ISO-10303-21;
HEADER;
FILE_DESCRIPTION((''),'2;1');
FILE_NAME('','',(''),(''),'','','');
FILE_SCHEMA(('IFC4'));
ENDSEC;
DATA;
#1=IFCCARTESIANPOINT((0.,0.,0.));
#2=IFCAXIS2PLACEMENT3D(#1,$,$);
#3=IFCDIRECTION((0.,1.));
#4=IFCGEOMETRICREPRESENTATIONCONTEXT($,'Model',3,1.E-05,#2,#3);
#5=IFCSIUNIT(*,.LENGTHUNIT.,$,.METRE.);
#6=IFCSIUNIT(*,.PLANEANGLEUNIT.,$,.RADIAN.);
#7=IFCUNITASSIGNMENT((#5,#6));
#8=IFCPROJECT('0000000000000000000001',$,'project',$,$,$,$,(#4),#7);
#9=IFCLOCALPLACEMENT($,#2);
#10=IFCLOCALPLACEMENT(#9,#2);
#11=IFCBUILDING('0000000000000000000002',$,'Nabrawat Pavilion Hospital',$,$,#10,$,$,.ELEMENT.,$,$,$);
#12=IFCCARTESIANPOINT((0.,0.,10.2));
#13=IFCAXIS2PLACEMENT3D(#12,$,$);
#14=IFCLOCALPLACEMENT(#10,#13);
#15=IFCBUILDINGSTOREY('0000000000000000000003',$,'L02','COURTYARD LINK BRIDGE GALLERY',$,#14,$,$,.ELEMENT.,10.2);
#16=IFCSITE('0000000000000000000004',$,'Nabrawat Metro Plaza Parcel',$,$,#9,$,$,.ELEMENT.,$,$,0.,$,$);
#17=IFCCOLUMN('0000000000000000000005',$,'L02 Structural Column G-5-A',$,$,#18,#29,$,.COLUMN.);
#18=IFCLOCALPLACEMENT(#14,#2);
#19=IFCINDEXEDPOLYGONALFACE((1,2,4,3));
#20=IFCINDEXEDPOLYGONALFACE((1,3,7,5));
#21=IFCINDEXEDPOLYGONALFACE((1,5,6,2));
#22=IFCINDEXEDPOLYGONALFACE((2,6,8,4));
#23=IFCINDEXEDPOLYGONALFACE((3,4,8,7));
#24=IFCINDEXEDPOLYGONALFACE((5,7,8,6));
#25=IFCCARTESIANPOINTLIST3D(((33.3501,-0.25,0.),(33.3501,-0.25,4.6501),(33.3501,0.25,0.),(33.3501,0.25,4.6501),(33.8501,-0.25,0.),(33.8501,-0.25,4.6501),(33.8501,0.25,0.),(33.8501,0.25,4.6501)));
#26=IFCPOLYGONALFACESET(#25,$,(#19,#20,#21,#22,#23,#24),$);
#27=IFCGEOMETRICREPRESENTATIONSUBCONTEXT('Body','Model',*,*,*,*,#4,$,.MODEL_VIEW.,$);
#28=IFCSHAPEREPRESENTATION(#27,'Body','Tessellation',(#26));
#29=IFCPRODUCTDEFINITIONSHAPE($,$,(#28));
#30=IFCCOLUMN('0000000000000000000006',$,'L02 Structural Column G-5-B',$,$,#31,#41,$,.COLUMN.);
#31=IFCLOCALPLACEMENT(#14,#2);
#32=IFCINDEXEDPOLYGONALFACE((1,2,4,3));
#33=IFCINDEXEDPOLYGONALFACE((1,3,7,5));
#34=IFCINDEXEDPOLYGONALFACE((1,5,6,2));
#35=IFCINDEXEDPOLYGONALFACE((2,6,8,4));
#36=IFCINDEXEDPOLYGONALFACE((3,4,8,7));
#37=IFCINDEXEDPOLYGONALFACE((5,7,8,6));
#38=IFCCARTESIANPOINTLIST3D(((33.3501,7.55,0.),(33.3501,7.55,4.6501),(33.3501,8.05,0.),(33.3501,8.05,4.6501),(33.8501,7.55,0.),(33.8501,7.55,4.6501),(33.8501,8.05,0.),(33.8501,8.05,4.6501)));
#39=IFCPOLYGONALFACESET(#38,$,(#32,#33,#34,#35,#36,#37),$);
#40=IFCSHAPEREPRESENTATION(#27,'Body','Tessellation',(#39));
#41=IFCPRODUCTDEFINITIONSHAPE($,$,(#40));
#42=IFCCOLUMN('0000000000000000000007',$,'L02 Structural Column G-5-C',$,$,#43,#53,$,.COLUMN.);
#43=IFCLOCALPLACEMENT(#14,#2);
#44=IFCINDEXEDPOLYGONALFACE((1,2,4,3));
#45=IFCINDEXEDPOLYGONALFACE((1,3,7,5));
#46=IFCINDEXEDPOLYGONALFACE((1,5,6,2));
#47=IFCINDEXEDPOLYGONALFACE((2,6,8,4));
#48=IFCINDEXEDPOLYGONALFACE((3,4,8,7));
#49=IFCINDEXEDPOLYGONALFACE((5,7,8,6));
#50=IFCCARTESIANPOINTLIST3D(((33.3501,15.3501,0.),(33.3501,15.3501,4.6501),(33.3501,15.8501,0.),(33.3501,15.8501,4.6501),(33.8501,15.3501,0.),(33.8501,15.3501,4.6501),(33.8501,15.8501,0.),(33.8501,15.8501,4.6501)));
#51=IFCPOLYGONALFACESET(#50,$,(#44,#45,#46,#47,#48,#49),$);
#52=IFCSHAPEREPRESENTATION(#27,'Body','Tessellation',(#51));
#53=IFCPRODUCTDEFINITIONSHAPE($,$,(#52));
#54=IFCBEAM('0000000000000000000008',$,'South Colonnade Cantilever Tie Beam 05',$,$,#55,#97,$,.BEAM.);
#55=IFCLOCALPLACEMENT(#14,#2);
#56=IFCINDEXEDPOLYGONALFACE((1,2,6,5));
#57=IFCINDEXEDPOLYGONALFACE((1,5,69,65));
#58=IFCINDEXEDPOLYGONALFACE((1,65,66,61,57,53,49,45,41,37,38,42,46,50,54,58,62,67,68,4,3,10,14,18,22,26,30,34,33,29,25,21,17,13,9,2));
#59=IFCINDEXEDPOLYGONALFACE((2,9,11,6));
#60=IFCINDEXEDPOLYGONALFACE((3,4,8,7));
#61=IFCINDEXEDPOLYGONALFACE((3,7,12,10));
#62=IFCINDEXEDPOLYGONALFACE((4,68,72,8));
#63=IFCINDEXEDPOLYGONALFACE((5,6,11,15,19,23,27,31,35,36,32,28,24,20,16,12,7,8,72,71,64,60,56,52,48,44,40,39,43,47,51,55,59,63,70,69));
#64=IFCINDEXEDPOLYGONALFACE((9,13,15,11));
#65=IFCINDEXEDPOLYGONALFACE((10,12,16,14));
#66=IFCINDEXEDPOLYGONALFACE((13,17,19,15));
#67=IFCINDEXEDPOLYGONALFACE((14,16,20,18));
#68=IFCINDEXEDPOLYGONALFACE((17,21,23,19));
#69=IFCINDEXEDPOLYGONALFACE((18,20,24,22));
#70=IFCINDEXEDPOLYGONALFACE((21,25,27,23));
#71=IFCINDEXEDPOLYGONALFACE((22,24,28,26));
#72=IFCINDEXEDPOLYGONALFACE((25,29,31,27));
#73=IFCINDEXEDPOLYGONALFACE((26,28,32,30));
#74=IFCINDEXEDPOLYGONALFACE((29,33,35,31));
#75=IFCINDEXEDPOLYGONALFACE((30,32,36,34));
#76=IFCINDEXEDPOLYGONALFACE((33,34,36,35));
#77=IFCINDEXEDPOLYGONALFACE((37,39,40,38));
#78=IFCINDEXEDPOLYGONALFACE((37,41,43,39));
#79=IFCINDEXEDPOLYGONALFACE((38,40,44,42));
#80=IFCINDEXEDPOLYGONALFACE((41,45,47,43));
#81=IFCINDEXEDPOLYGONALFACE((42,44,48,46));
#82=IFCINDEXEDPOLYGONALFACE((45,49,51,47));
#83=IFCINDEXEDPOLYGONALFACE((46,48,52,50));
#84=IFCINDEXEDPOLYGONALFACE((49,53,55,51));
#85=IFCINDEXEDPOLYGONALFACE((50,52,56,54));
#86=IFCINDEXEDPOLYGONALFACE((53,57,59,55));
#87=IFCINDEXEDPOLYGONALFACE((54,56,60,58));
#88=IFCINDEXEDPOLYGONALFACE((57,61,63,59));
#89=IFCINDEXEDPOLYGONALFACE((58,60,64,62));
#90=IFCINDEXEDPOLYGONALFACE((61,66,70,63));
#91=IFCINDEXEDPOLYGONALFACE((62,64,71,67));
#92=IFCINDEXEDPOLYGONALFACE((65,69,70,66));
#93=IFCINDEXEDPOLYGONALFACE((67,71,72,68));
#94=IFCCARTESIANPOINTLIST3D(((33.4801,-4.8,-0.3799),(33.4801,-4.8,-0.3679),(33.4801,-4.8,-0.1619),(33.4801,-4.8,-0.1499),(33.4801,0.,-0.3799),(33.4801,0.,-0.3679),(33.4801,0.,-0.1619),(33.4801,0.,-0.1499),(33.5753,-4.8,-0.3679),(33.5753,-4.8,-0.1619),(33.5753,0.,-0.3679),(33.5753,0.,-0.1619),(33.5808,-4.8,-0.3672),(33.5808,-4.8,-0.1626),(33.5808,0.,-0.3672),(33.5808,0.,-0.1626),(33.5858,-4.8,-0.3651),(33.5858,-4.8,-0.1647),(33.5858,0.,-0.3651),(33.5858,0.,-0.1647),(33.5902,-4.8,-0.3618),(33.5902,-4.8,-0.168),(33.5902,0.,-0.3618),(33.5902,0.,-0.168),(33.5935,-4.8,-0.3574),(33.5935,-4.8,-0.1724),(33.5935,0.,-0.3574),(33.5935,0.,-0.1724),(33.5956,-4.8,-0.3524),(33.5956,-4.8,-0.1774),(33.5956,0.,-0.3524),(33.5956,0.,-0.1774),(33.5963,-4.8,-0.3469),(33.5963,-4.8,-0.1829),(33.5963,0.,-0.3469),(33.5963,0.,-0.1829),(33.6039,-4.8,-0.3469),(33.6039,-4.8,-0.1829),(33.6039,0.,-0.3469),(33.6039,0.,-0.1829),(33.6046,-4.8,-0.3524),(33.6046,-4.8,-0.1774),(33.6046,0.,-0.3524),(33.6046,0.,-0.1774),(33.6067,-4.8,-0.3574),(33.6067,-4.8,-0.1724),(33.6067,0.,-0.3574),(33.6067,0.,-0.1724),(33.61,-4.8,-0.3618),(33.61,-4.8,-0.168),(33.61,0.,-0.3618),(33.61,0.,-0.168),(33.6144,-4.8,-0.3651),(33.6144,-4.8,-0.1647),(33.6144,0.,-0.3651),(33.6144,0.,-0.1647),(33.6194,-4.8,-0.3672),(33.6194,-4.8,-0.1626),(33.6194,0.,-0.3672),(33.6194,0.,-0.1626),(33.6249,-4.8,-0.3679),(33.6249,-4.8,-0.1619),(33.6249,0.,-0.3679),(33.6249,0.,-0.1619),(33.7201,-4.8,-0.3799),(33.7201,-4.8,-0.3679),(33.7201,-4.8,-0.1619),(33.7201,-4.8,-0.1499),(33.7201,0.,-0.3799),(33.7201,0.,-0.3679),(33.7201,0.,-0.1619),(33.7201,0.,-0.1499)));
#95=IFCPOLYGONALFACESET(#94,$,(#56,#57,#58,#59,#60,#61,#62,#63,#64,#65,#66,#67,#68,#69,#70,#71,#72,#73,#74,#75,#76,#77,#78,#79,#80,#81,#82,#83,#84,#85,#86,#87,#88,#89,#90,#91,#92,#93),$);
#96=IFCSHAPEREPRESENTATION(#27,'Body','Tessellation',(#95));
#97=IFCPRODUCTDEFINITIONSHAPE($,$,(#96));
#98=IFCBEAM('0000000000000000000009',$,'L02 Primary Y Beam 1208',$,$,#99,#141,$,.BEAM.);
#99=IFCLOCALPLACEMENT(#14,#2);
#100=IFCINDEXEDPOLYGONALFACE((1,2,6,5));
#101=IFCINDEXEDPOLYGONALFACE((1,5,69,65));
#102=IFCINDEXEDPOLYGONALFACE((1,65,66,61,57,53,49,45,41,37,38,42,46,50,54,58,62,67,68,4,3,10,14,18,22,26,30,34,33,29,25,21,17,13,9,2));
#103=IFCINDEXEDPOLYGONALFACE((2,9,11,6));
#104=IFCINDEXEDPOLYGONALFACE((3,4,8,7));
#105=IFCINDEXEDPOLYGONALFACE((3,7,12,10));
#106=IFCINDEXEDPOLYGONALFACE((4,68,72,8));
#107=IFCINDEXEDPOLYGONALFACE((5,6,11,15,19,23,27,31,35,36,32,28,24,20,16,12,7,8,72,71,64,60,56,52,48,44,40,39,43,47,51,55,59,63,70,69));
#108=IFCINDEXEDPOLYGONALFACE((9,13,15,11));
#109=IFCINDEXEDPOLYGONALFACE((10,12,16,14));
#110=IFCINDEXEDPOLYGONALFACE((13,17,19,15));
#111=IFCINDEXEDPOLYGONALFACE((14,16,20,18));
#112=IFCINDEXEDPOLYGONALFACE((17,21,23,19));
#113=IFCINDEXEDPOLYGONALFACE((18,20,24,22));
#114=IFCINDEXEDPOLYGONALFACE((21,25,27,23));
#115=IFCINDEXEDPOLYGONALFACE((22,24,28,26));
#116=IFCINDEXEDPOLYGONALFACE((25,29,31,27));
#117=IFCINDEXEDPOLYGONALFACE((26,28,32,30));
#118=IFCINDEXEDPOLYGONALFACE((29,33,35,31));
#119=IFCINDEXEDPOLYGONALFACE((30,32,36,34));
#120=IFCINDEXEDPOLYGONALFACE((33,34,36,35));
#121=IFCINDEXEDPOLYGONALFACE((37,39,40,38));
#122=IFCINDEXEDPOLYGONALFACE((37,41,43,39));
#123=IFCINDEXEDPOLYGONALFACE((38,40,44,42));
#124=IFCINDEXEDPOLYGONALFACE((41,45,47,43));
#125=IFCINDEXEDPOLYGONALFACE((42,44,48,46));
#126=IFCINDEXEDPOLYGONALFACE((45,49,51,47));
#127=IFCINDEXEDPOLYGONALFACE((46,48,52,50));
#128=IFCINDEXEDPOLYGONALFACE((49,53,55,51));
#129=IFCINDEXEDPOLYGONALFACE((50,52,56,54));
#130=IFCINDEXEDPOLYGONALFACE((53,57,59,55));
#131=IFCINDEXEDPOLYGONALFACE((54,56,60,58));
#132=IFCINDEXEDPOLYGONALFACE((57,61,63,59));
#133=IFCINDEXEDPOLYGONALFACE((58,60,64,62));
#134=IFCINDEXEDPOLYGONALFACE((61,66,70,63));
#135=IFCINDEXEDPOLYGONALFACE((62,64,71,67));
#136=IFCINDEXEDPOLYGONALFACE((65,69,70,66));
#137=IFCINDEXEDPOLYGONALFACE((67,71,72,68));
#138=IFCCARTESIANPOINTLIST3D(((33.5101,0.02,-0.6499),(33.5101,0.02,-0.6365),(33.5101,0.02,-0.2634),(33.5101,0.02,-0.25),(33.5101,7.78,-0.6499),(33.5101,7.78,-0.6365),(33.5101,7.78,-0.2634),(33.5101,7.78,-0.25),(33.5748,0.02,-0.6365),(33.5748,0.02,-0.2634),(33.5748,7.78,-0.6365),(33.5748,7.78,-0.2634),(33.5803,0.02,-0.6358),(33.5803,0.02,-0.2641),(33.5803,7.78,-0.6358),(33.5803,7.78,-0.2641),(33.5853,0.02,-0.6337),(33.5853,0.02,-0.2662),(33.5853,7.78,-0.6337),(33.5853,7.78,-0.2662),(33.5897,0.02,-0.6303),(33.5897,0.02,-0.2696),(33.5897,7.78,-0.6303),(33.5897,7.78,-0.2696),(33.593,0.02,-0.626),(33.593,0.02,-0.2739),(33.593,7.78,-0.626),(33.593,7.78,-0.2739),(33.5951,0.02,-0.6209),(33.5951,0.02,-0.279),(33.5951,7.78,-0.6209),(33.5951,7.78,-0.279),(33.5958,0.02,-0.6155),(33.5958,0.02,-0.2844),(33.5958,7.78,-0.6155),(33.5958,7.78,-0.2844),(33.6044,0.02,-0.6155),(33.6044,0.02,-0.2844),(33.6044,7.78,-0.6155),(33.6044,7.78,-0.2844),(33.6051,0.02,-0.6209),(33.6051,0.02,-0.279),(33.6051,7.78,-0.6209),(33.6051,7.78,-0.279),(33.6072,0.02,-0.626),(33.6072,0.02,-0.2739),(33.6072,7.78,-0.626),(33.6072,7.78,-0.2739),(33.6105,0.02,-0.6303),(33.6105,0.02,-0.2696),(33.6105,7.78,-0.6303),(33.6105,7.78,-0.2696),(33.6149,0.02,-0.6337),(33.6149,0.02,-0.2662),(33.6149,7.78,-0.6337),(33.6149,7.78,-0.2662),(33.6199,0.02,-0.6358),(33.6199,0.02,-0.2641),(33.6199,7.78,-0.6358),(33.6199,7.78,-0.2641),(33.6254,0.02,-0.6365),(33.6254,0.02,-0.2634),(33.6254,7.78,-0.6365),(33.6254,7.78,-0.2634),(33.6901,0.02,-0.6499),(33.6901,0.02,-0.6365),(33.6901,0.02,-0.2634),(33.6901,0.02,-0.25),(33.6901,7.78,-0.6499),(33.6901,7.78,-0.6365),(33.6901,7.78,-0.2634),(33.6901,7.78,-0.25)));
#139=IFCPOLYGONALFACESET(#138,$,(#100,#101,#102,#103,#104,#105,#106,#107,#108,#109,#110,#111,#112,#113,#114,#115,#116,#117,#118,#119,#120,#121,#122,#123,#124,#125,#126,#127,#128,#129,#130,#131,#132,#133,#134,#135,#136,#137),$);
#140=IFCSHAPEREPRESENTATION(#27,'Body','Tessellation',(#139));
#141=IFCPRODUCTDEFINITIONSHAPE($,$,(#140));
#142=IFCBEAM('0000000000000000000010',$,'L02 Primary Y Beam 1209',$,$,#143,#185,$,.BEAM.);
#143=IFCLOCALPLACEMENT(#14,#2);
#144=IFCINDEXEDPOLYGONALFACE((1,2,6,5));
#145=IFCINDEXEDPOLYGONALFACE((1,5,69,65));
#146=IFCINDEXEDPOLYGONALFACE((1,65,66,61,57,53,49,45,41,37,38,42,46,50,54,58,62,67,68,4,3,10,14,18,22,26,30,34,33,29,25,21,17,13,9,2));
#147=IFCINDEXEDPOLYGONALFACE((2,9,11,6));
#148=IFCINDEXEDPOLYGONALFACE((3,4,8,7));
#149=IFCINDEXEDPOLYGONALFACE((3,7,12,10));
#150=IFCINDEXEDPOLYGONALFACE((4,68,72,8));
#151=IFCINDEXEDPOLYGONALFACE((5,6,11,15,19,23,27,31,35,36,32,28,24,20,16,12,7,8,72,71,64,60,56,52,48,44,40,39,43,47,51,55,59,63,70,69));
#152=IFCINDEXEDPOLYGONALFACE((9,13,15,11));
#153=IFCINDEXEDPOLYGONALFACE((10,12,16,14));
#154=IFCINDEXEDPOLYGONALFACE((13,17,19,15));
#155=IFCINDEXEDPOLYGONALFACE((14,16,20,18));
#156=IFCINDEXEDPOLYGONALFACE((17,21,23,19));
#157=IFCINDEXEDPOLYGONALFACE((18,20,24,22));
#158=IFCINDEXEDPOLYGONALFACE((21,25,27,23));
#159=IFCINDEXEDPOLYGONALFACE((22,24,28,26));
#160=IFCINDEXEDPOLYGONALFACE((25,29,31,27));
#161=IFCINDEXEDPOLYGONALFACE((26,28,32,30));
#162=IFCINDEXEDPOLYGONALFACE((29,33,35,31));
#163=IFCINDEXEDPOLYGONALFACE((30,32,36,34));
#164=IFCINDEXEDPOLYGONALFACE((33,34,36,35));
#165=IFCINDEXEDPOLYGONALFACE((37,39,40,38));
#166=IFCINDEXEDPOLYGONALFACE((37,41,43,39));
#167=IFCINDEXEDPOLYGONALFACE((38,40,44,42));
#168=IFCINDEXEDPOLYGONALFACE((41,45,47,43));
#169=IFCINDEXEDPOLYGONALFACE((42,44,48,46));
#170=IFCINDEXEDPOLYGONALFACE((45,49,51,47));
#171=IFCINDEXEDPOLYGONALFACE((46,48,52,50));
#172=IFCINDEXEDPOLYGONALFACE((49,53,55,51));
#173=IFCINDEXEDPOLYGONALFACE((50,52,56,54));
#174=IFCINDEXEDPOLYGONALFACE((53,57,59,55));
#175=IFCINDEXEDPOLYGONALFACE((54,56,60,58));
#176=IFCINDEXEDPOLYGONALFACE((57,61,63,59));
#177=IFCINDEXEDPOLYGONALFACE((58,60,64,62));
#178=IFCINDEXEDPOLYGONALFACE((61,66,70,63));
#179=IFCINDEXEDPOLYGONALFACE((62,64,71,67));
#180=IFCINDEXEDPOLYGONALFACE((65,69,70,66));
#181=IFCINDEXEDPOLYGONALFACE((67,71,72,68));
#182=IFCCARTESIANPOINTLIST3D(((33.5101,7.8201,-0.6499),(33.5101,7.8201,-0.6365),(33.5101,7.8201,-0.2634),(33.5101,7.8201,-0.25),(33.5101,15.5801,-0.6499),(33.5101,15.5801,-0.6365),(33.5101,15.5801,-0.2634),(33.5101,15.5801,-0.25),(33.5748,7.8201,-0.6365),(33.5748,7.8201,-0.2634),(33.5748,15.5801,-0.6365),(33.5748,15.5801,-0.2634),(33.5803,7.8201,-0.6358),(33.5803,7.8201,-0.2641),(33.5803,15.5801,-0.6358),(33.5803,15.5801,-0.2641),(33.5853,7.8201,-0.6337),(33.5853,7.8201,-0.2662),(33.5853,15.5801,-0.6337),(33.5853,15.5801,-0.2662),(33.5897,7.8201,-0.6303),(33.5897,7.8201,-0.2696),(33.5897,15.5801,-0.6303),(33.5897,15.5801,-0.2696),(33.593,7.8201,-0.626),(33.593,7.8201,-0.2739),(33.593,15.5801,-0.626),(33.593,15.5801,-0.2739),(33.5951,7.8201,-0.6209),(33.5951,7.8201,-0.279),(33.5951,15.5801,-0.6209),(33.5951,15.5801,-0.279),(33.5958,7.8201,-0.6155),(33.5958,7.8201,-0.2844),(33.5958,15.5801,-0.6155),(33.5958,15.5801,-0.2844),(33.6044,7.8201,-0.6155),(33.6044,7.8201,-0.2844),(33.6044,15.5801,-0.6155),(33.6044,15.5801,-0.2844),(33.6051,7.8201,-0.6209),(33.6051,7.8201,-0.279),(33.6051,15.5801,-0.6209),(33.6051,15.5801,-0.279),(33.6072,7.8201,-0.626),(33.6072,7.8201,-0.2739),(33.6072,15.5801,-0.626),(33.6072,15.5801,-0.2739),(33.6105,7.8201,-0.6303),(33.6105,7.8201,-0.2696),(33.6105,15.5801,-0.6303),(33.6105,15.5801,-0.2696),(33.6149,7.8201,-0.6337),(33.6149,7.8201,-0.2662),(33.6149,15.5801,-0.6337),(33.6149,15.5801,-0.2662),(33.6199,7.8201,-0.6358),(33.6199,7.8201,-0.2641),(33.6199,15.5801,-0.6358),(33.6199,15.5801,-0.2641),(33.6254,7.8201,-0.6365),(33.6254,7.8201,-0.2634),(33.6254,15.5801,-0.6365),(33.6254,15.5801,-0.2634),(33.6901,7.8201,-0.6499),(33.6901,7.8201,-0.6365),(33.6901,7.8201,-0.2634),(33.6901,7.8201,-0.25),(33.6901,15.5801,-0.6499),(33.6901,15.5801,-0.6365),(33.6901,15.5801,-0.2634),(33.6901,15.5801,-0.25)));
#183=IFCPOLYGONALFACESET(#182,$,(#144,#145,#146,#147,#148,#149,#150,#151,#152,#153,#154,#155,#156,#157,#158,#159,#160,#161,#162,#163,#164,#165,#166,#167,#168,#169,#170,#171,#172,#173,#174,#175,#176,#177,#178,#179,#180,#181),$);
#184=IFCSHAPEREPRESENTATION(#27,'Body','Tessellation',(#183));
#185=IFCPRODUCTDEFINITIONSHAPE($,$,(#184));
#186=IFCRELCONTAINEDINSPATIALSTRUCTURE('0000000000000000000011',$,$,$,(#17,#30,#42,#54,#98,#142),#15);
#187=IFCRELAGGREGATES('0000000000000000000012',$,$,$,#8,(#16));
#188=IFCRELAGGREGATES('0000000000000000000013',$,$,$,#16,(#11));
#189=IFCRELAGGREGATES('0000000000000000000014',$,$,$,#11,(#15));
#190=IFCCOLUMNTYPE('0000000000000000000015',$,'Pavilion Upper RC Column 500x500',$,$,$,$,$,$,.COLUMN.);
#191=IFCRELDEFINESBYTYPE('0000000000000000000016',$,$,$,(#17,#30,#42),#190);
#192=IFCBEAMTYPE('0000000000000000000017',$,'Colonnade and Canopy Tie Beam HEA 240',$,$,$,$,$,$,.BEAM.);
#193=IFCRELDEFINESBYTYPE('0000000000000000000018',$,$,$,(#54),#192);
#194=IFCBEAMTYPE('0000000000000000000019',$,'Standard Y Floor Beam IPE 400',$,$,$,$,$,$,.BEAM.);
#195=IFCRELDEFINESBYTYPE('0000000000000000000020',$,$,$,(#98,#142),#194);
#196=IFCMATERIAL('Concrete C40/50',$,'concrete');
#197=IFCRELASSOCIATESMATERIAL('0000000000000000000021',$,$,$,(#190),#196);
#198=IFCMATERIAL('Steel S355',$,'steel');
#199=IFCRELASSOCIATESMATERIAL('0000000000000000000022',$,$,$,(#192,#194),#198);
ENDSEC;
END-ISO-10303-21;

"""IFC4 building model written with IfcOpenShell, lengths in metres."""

from ifc_helpers import new_model, si_unit, direction, frame, origin, origin_2d, place, context, subcontext, project, spatial, rectangle, i_section, extrude, material, material_profile, profile_set, type_object, element, save


model = new_model("IFC4")

# Units and contexts
model_context = context("Model", 3, precision=1e-05, world=origin(), true_north=direction((0.0, 1.0)))
body_context = subcontext(model_context, "Body", "Model", "MODEL_VIEW")
ifc_project = project(units=[si_unit("LENGTHUNIT", "METRE"), si_unit("PLANEANGLEUNIT", "RADIAN")], contexts=[model_context])

# Site, building, storey
site_placement = place(None, origin())
site = spatial("IfcSite", under=ifc_project, at=site_placement, Name="Nabrawat Metro Plaza Parcel", CompositionType="ELEMENT", RefElevation=0.0)
building_placement = place(site_placement, origin())
building = spatial("IfcBuilding", under=site, at=building_placement, Name="Nabrawat Pavilion Hospital", CompositionType="ELEMENT")
storey_placement = place(building_placement, frame((0.0, 0.0, 10.2)))
storey = spatial("IfcBuildingStorey", under=building, at=storey_placement, Name="L02", Description="COURTYARD LINK BRIDGE GALLERY", CompositionType="ELEMENT", Elevation=10.2)

# Columns
ifc_material_1 = material(Name="Concrete C40/50", Category="concrete")
ifc_material_profile_1 = material_profile(ifc_material_1, rectangle(XDim=0.5, YDim=0.5, at=origin_2d()), Name="RC 500x500")
ifc_profile_set_1 = profile_set([ifc_material_profile_1], Name="Concrete C40/50")
column_type = type_object("IfcColumnType", Name="Pavilion Upper RC Column 500x500", PredefinedType="COLUMN", material=ifc_profile_set_1)
for number, where, z_axis, x_axis, name in (
    (1, (33.6001, 0.0, 0.0), (0.0, 0.0, 1.0), (1.0, 0.0, 0.0), "L02 Structural Column G-5-A"),
    (2, (33.6001, 7.8, 0.0), (0.0, 0.0, 1.0), (1.0, 0.0, 0.0), "L02 Structural Column G-5-B"),
    (3, (33.6001, 15.6001, 0.0), (0.0, 0.0, 1.0), (1.0, 0.0, 0.0), "L02 Structural Column G-5-C"),
):
    element("IfcColumn", number, at=place(storey_placement, frame(where, z_axis=z_axis, x_axis=x_axis)), inside=storey, type_object=column_type, Name=name, PredefinedType="COLUMN", context=body_context, shape_type="SweptSolid", body=[
        extrude(rectangle(XDim=0.5, YDim=0.5, at=origin_2d()), origin(), (0.0, 0.0, 1.0), 4.6501),
    ])

# Beams
ifc_material_2 = material(Name="Steel S355", Category="steel")
ifc_material_profile_2 = material_profile(ifc_material_2, i_section(OverallWidth=0.24, OverallDepth=0.23, WebThickness=0.0076, FlangeThickness=0.012, FilletRadius=0.021, at=origin_2d()), Name="HEA 240")
ifc_profile_set_2 = profile_set([ifc_material_profile_2], Name="Steel S355")
beam_type_1 = type_object("IfcBeamType", Name="Colonnade and Canopy Tie Beam HEA 240", PredefinedType="BEAM", material=ifc_profile_set_2)
beam_placement = place(storey_placement, frame((33.6001, -4.8, -0.2649), z_axis=(0.0, 1.0, 0.0), x_axis=(-1.0, 0.0, 0.0)))
element("IfcBeam", 4, at=beam_placement, inside=storey, type_object=beam_type_1, Name="South Colonnade Cantilever Tie Beam 05", PredefinedType="BEAM", context=body_context, shape_type="SweptSolid", body=[
    extrude(i_section(OverallWidth=0.24, OverallDepth=0.23, WebThickness=0.0076, FlangeThickness=0.012, FilletRadius=0.021, at=origin_2d()), origin(), (0.0, 0.0, 1.0), 4.8),
])
ifc_material_profile_3 = material_profile(ifc_material_2, i_section(OverallWidth=0.1799, OverallDepth=0.3999, WebThickness=0.0085, FlangeThickness=0.0134, FilletRadius=0.021, at=origin_2d()), Name="IPE 400")
ifc_profile_set_3 = profile_set([ifc_material_profile_3], Name="Steel S355")
beam_type_2 = type_object("IfcBeamType", Name="Standard Y Floor Beam IPE 400", PredefinedType="BEAM", material=ifc_profile_set_3)
for number, where, z_axis, x_axis, name in (
    (5, (33.6001, 0.02, -0.45), (0.0, 1.0, 0.0), (-1.0, 0.0, 0.0), "L02 Primary Y Beam 1208"),
    (6, (33.6001, 7.8201, -0.45), (0.0, 1.0, 0.0), (-1.0, 0.0, 0.0), "L02 Primary Y Beam 1209"),
):
    element("IfcBeam", number, at=place(storey_placement, frame(where, z_axis=z_axis, x_axis=x_axis)), inside=storey, type_object=beam_type_2, Name=name, PredefinedType="BEAM", context=body_context, shape_type="SweptSolid", body=[
        extrude(i_section(OverallWidth=0.1799, OverallDepth=0.3999, WebThickness=0.0085, FlangeThickness=0.0134, FilletRadius=0.021, at=origin_2d()), origin(), (0.0, 0.0, 1.0), 7.76),
    ])

save(model, "model.ifc")
